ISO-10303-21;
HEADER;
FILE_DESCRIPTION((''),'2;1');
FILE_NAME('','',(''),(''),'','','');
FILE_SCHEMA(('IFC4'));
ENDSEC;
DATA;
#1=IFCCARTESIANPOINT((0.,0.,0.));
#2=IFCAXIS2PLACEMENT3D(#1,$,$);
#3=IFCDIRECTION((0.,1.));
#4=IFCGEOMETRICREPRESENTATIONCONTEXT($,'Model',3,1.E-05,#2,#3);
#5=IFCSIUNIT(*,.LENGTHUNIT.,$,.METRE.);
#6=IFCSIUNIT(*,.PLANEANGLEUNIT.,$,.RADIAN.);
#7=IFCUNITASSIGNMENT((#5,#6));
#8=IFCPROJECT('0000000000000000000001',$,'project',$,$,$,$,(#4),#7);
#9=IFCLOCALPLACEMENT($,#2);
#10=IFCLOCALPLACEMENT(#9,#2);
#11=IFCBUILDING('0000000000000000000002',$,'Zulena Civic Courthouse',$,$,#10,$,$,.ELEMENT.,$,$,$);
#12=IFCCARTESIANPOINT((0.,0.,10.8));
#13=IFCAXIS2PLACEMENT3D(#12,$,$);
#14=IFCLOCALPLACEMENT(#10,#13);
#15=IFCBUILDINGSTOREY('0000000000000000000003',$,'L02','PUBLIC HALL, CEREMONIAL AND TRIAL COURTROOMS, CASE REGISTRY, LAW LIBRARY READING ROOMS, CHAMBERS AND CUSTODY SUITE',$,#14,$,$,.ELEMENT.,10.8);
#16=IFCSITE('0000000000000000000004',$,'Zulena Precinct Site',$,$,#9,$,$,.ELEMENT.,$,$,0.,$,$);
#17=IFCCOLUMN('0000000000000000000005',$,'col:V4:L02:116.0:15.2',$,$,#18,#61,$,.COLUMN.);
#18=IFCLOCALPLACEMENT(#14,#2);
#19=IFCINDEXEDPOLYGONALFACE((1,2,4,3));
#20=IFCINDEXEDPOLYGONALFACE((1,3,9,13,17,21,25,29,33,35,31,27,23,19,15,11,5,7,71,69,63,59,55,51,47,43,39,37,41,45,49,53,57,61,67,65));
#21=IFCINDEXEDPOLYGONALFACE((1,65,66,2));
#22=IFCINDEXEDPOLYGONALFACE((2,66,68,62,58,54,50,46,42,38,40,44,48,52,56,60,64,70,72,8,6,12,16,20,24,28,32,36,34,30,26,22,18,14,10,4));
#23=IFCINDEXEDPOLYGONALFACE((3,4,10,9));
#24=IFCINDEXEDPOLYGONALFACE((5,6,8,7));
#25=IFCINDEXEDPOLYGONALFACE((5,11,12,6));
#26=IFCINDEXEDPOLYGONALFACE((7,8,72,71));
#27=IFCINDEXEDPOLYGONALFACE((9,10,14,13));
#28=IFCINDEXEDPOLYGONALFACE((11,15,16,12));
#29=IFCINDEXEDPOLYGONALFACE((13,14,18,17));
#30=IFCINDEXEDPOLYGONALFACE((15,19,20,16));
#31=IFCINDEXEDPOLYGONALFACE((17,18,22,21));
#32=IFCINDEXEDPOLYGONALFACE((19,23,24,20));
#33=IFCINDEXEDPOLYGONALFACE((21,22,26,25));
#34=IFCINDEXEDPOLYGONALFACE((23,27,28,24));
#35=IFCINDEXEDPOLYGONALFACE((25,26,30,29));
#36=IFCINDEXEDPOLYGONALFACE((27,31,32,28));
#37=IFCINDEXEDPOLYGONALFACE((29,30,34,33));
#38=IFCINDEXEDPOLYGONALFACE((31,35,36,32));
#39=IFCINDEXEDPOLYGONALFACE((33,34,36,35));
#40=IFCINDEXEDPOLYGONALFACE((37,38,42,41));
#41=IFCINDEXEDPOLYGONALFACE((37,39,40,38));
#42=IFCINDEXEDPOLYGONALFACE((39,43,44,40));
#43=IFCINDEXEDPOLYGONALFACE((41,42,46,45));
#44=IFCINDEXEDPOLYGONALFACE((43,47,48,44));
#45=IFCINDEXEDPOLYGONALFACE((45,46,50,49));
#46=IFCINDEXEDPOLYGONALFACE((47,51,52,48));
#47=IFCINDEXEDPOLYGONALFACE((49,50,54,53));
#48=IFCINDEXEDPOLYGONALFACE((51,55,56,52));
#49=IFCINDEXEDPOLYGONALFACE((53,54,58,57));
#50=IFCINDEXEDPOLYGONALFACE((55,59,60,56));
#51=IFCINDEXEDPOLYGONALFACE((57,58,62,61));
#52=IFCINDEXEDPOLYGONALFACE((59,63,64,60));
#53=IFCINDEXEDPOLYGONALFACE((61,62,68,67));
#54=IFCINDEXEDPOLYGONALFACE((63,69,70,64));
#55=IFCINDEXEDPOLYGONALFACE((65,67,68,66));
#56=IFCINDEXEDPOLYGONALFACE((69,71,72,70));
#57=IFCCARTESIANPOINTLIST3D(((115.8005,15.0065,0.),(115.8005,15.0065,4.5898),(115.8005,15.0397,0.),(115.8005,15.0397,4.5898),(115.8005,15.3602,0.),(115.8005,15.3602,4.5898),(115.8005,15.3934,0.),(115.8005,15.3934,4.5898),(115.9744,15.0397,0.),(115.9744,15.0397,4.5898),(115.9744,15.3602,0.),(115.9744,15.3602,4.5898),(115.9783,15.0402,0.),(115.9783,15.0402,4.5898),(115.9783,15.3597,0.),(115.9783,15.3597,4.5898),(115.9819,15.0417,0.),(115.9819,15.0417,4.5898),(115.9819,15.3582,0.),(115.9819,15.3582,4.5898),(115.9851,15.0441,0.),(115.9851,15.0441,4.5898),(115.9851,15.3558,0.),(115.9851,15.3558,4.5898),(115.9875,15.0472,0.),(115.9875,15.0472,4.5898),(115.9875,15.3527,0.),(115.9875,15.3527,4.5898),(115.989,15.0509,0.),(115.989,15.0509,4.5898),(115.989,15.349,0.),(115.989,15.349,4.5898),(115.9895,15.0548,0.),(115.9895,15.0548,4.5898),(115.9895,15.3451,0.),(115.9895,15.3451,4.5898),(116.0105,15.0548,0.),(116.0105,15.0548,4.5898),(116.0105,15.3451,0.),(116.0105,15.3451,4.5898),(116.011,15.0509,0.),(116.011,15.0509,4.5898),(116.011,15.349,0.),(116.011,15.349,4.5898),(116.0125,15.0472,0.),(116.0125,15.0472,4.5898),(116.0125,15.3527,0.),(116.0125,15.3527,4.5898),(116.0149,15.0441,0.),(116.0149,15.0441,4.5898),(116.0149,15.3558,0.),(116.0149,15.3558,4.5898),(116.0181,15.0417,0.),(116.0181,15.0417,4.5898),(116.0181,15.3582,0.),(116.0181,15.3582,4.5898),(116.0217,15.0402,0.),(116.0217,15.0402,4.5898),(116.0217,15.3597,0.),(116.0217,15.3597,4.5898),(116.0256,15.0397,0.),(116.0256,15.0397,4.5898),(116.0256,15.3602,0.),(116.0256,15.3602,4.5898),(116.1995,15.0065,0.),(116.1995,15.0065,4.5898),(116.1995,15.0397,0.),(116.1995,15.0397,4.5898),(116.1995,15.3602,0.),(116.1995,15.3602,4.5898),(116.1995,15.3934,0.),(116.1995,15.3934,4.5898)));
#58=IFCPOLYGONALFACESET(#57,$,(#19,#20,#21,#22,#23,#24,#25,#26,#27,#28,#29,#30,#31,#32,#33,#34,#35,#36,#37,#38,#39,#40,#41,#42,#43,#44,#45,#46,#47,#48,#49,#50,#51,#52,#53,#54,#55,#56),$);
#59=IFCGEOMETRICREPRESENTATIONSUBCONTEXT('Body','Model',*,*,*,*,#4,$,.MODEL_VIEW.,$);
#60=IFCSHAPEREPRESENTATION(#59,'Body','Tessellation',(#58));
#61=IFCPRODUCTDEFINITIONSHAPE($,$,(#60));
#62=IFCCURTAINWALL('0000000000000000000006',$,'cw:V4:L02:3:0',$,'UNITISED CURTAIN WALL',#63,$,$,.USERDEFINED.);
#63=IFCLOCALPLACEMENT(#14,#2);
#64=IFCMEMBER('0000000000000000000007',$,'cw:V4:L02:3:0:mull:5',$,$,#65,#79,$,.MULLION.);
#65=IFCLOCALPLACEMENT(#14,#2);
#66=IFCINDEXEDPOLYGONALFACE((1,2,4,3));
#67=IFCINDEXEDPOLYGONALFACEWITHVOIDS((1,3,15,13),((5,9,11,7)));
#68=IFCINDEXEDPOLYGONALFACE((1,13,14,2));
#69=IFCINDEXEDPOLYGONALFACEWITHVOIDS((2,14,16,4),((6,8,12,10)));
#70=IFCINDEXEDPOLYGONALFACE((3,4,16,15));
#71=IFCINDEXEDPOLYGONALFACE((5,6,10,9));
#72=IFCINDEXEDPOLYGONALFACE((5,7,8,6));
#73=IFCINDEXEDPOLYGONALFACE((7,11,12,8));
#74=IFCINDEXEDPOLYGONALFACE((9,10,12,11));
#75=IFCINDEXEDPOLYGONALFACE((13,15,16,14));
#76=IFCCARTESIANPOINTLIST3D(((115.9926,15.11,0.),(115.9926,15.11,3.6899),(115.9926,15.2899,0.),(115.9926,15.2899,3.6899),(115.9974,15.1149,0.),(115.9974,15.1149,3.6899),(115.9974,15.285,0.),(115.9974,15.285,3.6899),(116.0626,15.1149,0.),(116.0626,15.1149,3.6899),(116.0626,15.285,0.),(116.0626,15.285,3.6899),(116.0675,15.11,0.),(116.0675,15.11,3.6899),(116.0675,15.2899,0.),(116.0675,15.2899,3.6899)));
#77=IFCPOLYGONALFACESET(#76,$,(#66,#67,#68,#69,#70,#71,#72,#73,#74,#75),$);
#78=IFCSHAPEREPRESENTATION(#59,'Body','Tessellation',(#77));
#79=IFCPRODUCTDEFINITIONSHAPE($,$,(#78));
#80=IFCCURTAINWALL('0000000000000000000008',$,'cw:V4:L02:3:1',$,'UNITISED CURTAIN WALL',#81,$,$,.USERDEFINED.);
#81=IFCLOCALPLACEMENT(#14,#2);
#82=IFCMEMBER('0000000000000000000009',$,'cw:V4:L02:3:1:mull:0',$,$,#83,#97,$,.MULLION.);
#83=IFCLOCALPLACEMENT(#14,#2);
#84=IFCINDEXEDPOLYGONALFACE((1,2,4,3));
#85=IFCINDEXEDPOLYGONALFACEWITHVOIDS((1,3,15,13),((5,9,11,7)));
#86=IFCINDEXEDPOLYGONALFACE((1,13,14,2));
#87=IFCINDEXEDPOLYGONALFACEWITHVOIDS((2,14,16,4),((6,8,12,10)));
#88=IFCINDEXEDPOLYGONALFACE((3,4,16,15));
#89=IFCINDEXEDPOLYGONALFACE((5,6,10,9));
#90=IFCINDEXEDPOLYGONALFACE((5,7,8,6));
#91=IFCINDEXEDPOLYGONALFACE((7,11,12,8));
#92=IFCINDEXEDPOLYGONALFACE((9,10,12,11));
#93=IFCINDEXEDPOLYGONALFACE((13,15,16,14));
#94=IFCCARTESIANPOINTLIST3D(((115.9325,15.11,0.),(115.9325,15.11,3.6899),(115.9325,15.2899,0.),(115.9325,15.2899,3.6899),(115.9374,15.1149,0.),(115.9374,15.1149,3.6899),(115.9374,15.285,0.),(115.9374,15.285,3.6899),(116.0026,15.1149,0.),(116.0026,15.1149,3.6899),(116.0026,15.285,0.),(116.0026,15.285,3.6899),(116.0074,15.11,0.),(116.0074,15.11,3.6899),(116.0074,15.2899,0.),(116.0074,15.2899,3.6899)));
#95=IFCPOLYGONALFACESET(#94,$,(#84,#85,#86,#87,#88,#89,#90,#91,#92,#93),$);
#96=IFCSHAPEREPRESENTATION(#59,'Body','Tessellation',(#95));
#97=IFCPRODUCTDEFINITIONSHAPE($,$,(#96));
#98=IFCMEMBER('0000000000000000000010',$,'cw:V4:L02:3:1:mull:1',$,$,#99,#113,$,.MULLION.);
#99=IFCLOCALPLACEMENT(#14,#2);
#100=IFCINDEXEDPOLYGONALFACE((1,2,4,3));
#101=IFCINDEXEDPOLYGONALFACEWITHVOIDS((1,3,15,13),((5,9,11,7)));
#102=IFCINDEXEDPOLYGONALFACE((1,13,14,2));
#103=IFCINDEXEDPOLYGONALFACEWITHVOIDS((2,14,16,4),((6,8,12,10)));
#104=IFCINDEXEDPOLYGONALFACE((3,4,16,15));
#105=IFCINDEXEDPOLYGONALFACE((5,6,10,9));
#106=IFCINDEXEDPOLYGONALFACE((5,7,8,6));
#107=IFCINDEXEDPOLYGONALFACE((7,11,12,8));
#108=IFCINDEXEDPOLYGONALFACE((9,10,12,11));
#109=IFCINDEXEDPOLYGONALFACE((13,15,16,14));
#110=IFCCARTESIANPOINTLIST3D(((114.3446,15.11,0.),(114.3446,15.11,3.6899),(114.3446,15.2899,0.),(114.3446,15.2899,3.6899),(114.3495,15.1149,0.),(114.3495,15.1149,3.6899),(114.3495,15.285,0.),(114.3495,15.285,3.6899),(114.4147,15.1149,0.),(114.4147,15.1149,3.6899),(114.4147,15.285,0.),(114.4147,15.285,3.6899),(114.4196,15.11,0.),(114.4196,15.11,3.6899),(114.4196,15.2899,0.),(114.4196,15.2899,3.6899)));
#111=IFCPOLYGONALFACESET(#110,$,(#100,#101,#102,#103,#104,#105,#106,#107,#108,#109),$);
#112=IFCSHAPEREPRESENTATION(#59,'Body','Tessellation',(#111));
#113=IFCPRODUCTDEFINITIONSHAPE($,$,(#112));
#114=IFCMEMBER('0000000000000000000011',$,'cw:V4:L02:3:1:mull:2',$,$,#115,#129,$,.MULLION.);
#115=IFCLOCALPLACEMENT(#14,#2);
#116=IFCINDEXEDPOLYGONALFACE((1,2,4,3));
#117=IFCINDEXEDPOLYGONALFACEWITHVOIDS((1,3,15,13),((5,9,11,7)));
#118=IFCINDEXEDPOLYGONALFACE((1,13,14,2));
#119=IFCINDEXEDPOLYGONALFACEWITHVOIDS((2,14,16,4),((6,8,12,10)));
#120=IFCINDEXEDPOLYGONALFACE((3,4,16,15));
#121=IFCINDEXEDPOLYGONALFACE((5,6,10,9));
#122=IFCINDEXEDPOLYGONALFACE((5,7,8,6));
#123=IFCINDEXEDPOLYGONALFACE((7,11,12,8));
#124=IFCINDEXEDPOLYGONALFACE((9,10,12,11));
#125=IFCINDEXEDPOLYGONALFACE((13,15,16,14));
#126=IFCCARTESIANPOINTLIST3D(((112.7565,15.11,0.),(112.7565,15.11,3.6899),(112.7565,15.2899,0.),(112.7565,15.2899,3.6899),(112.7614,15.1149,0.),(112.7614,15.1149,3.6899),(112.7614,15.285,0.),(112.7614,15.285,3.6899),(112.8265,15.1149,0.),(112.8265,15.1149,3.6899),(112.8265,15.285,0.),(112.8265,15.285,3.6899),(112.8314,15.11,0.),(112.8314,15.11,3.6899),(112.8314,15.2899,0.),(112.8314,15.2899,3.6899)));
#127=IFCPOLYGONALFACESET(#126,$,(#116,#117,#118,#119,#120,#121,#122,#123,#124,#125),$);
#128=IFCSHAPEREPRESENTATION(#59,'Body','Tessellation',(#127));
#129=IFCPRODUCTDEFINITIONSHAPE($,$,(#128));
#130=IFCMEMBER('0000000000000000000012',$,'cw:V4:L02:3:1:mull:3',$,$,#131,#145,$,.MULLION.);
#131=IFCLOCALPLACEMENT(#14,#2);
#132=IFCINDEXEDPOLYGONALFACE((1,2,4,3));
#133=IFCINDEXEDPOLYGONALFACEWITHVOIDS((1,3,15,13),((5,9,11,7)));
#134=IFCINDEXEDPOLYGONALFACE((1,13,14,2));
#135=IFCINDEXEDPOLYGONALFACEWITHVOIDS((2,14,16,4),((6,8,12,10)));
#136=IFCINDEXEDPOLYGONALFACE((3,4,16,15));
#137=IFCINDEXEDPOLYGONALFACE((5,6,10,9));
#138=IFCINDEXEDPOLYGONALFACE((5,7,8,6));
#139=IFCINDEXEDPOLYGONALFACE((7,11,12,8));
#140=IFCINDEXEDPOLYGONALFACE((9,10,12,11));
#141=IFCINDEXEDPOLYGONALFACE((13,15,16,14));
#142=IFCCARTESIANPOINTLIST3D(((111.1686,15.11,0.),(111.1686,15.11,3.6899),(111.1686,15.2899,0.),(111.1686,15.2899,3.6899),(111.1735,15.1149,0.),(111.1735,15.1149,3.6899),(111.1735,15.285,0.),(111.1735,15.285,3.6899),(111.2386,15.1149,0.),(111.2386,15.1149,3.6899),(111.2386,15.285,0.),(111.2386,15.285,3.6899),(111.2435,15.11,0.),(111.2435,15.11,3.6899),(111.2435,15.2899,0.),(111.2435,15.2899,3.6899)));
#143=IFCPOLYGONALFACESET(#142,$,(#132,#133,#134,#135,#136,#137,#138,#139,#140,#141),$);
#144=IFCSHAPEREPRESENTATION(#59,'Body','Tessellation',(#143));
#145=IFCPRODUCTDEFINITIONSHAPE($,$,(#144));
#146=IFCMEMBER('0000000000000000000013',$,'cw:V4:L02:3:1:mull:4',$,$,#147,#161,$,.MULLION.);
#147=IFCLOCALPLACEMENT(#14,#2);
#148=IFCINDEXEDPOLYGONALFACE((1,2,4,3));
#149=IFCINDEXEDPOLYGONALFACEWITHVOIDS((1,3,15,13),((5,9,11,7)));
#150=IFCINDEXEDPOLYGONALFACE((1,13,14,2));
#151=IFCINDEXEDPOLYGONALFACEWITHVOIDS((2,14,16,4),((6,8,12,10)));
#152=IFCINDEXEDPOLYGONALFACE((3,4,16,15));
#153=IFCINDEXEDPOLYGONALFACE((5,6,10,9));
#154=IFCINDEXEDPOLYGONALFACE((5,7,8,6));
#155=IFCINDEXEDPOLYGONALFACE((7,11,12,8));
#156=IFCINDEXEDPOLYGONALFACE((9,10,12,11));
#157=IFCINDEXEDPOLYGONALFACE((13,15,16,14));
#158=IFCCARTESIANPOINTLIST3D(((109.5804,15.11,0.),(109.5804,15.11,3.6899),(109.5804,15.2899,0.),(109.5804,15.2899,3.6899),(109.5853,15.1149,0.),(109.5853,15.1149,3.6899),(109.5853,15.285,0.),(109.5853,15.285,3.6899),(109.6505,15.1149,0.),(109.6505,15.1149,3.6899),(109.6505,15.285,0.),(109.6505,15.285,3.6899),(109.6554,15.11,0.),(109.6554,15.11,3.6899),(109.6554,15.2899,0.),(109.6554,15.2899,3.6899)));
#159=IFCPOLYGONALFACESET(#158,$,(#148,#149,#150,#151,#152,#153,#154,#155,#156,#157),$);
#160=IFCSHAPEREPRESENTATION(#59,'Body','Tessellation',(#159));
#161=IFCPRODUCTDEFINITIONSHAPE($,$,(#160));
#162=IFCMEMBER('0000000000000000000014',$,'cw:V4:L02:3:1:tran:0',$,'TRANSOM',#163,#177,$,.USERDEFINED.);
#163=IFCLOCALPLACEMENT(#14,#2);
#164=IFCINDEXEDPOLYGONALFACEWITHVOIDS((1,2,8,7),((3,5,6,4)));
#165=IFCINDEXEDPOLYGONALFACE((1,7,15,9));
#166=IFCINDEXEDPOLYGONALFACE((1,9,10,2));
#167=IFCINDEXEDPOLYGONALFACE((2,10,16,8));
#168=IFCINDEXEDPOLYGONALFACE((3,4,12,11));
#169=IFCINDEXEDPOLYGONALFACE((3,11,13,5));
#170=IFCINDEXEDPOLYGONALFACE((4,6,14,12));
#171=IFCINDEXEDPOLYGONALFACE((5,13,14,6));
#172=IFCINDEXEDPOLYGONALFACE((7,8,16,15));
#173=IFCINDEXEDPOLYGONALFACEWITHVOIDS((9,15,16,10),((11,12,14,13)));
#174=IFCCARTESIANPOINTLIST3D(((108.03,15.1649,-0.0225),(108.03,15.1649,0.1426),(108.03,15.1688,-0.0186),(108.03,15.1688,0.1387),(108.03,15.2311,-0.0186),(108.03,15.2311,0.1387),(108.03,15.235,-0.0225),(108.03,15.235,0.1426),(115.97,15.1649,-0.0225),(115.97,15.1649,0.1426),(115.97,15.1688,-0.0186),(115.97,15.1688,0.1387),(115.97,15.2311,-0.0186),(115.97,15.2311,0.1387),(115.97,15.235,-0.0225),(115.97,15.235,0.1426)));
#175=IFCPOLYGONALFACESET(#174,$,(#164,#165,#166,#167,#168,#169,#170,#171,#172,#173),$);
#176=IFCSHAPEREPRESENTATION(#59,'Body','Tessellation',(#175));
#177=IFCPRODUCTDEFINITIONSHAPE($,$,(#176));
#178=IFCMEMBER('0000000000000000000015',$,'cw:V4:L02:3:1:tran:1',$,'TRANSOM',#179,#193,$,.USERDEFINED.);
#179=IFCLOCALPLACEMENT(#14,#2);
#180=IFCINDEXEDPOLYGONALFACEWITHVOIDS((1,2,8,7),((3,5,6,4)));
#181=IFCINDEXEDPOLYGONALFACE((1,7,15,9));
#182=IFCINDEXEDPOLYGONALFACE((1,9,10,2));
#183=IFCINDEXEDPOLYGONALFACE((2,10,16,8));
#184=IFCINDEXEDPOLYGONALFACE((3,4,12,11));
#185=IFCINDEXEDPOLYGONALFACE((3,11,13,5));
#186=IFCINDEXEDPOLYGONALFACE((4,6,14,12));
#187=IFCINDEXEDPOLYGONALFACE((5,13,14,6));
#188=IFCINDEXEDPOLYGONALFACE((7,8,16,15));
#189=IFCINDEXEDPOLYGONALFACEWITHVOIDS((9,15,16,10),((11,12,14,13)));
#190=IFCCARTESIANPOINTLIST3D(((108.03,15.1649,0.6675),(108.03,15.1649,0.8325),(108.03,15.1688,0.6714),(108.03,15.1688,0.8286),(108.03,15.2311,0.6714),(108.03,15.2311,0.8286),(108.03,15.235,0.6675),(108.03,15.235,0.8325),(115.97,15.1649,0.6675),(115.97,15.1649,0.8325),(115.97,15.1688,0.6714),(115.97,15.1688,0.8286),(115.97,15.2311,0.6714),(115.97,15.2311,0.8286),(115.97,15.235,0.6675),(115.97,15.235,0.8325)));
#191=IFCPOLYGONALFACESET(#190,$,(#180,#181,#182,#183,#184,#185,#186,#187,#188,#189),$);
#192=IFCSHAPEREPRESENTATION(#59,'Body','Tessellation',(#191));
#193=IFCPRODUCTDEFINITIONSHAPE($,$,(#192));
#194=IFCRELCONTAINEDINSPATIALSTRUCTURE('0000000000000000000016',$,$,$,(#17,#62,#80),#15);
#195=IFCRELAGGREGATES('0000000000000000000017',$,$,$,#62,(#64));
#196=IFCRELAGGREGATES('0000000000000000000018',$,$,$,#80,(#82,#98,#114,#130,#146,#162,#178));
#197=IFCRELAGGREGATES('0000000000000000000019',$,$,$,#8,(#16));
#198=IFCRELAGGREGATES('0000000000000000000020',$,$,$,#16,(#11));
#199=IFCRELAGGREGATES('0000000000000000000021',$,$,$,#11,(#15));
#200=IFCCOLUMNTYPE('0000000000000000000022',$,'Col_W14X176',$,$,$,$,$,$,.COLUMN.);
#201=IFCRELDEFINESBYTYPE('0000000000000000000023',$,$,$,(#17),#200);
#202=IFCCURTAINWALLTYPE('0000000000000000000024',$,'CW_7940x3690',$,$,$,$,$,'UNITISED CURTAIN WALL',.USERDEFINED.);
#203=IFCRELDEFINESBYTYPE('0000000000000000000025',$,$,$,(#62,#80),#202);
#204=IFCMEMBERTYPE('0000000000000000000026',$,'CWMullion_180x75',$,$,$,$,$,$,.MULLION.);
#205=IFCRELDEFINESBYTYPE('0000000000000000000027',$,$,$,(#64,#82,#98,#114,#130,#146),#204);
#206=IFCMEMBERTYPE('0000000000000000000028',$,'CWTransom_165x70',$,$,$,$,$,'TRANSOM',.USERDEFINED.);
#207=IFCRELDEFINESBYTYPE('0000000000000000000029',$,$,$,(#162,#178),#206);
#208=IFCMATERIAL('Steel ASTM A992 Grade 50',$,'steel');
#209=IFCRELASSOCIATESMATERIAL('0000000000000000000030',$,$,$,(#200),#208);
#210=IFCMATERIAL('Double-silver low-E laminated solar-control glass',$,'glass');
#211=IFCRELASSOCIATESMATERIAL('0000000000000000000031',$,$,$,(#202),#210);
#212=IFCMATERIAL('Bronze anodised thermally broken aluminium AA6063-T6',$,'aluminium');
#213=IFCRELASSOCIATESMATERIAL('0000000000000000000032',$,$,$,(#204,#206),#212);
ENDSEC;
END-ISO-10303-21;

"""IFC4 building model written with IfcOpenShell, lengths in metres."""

from ifc_helpers import new_model, si_unit, direction, frame, origin, origin_2d, place, context, subcontext, project, spatial, hollow_rectangle, i_section, extrude, material, material_profile, profile_set, type_object, element, aggregate, save


model = new_model("IFC4")

# Units and contexts
model_context = context("Model", 3, precision=1e-05, world=origin(), true_north=direction((0.0, 1.0)))
body_context = subcontext(model_context, "Body", "Model", "MODEL_VIEW")
ifc_project = project(units=[si_unit("LENGTHUNIT", "METRE"), si_unit("PLANEANGLEUNIT", "RADIAN")], contexts=[model_context])

# Site, building, storey
site_placement = place(None, origin())
site = spatial("IfcSite", under=ifc_project, at=site_placement, Name="Zulena Precinct Site", CompositionType="ELEMENT", RefElevation=0.0)
building_placement = place(site_placement, origin())
building = spatial("IfcBuilding", under=site, at=building_placement, Name="Zulena Civic Courthouse", CompositionType="ELEMENT")
storey_placement = place(building_placement, frame((0.0, 0.0, 10.8)))
storey = spatial("IfcBuildingStorey", under=building, at=storey_placement, Name="L02", Description="PUBLIC HALL, CEREMONIAL AND TRIAL COURTROOMS, CASE REGISTRY, LAW LIBRARY READING ROOMS, CHAMBERS AND CUSTODY SUITE", CompositionType="ELEMENT", Elevation=10.8)

# Column
ifc_material_1 = material(Name="Steel ASTM A992 Grade 50", Category="steel")
ifc_material_profile_1 = material_profile(ifc_material_1, i_section(OverallWidth=0.3989, OverallDepth=0.387, WebThickness=0.021, FlangeThickness=0.0332, FilletRadius=0.0151, at=origin_2d()), Name="W14X176")
ifc_profile_set_1 = profile_set([ifc_material_profile_1], Name="Steel ASTM A992 Grade 50")
column_type = type_object("IfcColumnType", Name="Col_W14X176", PredefinedType="COLUMN", material=ifc_profile_set_1)
column_placement = place(storey_placement, frame((116.0, 15.2, 0.0), z_axis=(0.0, 0.0, 1.0), x_axis=(1.0, 0.0, 0.0)))
element("IfcColumn", 1, at=column_placement, inside=storey, type_object=column_type, Name="col:V4:L02:116.0:15.2", PredefinedType="COLUMN", context=body_context, shape_type="SweptSolid", body=[
    extrude(i_section(OverallWidth=0.3989, OverallDepth=0.387, WebThickness=0.021, FlangeThickness=0.0332, FilletRadius=0.0151, at=origin_2d()), origin(), (0.0, 0.0, 1.0), 4.5898),
])

# Curtain wall, member
ifc_material_2 = material(Name="Double-silver low-E laminated solar-control glass", Category="glass")
curtain_wall_type = type_object("IfcCurtainWallType", Name="CW_7940x3690", ElementType="UNITISED CURTAIN WALL", PredefinedType="USERDEFINED", material=ifc_material_2)
curtain_wall_1_placement = place(storey_placement, origin())
curtain_wall_1 = element("IfcCurtainWall", 2, at=curtain_wall_1_placement, inside=storey, type_object=curtain_wall_type, Name="cw:V4:L02:3:0", ObjectType="UNITISED CURTAIN WALL", PredefinedType="USERDEFINED")
ifc_material_3 = material(Name="Bronze anodised thermally broken aluminium AA6063-T6", Category="aluminium")
ifc_material_profile_2 = material_profile(ifc_material_3, hollow_rectangle(XDim=0.075, YDim=0.1799, WallThickness=0.0049, at=origin_2d()), Name="CWM180X75X5")
ifc_profile_set_2 = profile_set([ifc_material_profile_2], Name="Bronze anodised thermally broken aluminium AA6063-T6")
member_type_1 = type_object("IfcMemberType", Name="CWMullion_180x75", PredefinedType="MULLION", material=ifc_profile_set_2)
member_1_placement = place(storey_placement, frame((116.03, 15.2, 0.0), z_axis=(0.0, 0.0, 1.0), x_axis=(1.0, 0.0, 0.0)))
member_1 = element("IfcMember", 3, at=member_1_placement, type_object=member_type_1, Name="cw:V4:L02:3:0:mull:5", PredefinedType="MULLION", context=body_context, shape_type="SweptSolid", body=[
    extrude(hollow_rectangle(XDim=0.075, YDim=0.1799, WallThickness=0.0049, at=origin_2d()), origin(), (0.0, 0.0, 1.0), 3.6899),
])

# Curtain wall, members
curtain_wall_2_placement = place(storey_placement, origin())
curtain_wall_2 = element("IfcCurtainWall", 4, at=curtain_wall_2_placement, inside=storey, type_object=curtain_wall_type, Name="cw:V4:L02:3:1", ObjectType="UNITISED CURTAIN WALL", PredefinedType="USERDEFINED")
member_2_placement = place(storey_placement, frame((115.97, 15.2, 0.0), z_axis=(0.0, 0.0, 1.0), x_axis=(1.0, 0.0, 0.0)))
member_2 = element("IfcMember", 5, at=member_2_placement, type_object=member_type_1, Name="cw:V4:L02:3:1:mull:0", PredefinedType="MULLION", context=body_context, shape_type="SweptSolid", body=[
    extrude(hollow_rectangle(XDim=0.075, YDim=0.1799, WallThickness=0.0049, at=origin_2d()), origin(), (0.0, 0.0, 1.0), 3.6899),
])
member_3_placement = place(storey_placement, frame((114.3821, 15.2, 0.0), z_axis=(0.0, 0.0, 1.0), x_axis=(1.0, 0.0, 0.0)))
member_3 = element("IfcMember", 6, at=member_3_placement, type_object=member_type_1, Name="cw:V4:L02:3:1:mull:1", PredefinedType="MULLION", context=body_context, shape_type="SweptSolid", body=[
    extrude(hollow_rectangle(XDim=0.075, YDim=0.1799, WallThickness=0.0049, at=origin_2d()), origin(), (0.0, 0.0, 1.0), 3.6899),
])
member_4_placement = place(storey_placement, frame((112.7939, 15.2, 0.0), z_axis=(0.0, 0.0, 1.0), x_axis=(1.0, 0.0, 0.0)))
member_4 = element("IfcMember", 7, at=member_4_placement, type_object=member_type_1, Name="cw:V4:L02:3:1:mull:2", PredefinedType="MULLION", context=body_context, shape_type="SweptSolid", body=[
    extrude(hollow_rectangle(XDim=0.075, YDim=0.1799, WallThickness=0.0049, at=origin_2d()), origin(), (0.0, 0.0, 1.0), 3.6899),
])
member_5_placement = place(storey_placement, frame((111.2061, 15.2, 0.0), z_axis=(0.0, 0.0, 1.0), x_axis=(1.0, 0.0, 0.0)))
member_5 = element("IfcMember", 8, at=member_5_placement, type_object=member_type_1, Name="cw:V4:L02:3:1:mull:3", PredefinedType="MULLION", context=body_context, shape_type="SweptSolid", body=[
    extrude(hollow_rectangle(XDim=0.075, YDim=0.1799, WallThickness=0.0049, at=origin_2d()), origin(), (0.0, 0.0, 1.0), 3.6899),
])
member_6_placement = place(storey_placement, frame((109.6179, 15.2, 0.0), z_axis=(0.0, 0.0, 1.0), x_axis=(1.0, 0.0, 0.0)))
member_6 = element("IfcMember", 9, at=member_6_placement, type_object=member_type_1, Name="cw:V4:L02:3:1:mull:4", PredefinedType="MULLION", context=body_context, shape_type="SweptSolid", body=[
    extrude(hollow_rectangle(XDim=0.075, YDim=0.1799, WallThickness=0.0049, at=origin_2d()), origin(), (0.0, 0.0, 1.0), 3.6899),
])
ifc_material_profile_3 = material_profile(ifc_material_3, hollow_rectangle(XDim=0.0701, YDim=0.165, WallThickness=0.0039, at=origin_2d()), Name="CWT165X70X4")
ifc_profile_set_3 = profile_set([ifc_material_profile_3], Name="Bronze anodised thermally broken aluminium AA6063-T6")
member_type_2 = type_object("IfcMemberType", Name="CWTransom_165x70", ElementType="TRANSOM", PredefinedType="USERDEFINED", material=ifc_profile_set_3)
member_7_placement = place(storey_placement, frame((115.97, 15.2, 0.0601), z_axis=(-1.0, 0.0, 0.0), x_axis=(0.0, -1.0, 0.0)))
member_7 = element("IfcMember", 10, at=member_7_placement, type_object=member_type_2, Name="cw:V4:L02:3:1:tran:0", ObjectType="TRANSOM", PredefinedType="USERDEFINED", context=body_context, shape_type="SweptSolid", body=[
    extrude(hollow_rectangle(XDim=0.0701, YDim=0.165, WallThickness=0.0039, at=origin_2d()), origin(), (0.0, 0.0, 1.0), 7.9399),
])
member_8_placement = place(storey_placement, frame((115.97, 15.2, 0.75), z_axis=(-1.0, 0.0, 0.0), x_axis=(0.0, -1.0, 0.0)))
member_8 = element("IfcMember", 11, at=member_8_placement, type_object=member_type_2, Name="cw:V4:L02:3:1:tran:1", ObjectType="TRANSOM", PredefinedType="USERDEFINED", context=body_context, shape_type="SweptSolid", body=[
    extrude(hollow_rectangle(XDim=0.0701, YDim=0.165, WallThickness=0.0039, at=origin_2d()), origin(), (0.0, 0.0, 1.0), 7.9399),
])

aggregate(curtain_wall_1, [member_1])
aggregate(curtain_wall_2, [member_2, member_3, member_4, member_5, member_6, member_7, member_8])

save(model, "model.ifc")
